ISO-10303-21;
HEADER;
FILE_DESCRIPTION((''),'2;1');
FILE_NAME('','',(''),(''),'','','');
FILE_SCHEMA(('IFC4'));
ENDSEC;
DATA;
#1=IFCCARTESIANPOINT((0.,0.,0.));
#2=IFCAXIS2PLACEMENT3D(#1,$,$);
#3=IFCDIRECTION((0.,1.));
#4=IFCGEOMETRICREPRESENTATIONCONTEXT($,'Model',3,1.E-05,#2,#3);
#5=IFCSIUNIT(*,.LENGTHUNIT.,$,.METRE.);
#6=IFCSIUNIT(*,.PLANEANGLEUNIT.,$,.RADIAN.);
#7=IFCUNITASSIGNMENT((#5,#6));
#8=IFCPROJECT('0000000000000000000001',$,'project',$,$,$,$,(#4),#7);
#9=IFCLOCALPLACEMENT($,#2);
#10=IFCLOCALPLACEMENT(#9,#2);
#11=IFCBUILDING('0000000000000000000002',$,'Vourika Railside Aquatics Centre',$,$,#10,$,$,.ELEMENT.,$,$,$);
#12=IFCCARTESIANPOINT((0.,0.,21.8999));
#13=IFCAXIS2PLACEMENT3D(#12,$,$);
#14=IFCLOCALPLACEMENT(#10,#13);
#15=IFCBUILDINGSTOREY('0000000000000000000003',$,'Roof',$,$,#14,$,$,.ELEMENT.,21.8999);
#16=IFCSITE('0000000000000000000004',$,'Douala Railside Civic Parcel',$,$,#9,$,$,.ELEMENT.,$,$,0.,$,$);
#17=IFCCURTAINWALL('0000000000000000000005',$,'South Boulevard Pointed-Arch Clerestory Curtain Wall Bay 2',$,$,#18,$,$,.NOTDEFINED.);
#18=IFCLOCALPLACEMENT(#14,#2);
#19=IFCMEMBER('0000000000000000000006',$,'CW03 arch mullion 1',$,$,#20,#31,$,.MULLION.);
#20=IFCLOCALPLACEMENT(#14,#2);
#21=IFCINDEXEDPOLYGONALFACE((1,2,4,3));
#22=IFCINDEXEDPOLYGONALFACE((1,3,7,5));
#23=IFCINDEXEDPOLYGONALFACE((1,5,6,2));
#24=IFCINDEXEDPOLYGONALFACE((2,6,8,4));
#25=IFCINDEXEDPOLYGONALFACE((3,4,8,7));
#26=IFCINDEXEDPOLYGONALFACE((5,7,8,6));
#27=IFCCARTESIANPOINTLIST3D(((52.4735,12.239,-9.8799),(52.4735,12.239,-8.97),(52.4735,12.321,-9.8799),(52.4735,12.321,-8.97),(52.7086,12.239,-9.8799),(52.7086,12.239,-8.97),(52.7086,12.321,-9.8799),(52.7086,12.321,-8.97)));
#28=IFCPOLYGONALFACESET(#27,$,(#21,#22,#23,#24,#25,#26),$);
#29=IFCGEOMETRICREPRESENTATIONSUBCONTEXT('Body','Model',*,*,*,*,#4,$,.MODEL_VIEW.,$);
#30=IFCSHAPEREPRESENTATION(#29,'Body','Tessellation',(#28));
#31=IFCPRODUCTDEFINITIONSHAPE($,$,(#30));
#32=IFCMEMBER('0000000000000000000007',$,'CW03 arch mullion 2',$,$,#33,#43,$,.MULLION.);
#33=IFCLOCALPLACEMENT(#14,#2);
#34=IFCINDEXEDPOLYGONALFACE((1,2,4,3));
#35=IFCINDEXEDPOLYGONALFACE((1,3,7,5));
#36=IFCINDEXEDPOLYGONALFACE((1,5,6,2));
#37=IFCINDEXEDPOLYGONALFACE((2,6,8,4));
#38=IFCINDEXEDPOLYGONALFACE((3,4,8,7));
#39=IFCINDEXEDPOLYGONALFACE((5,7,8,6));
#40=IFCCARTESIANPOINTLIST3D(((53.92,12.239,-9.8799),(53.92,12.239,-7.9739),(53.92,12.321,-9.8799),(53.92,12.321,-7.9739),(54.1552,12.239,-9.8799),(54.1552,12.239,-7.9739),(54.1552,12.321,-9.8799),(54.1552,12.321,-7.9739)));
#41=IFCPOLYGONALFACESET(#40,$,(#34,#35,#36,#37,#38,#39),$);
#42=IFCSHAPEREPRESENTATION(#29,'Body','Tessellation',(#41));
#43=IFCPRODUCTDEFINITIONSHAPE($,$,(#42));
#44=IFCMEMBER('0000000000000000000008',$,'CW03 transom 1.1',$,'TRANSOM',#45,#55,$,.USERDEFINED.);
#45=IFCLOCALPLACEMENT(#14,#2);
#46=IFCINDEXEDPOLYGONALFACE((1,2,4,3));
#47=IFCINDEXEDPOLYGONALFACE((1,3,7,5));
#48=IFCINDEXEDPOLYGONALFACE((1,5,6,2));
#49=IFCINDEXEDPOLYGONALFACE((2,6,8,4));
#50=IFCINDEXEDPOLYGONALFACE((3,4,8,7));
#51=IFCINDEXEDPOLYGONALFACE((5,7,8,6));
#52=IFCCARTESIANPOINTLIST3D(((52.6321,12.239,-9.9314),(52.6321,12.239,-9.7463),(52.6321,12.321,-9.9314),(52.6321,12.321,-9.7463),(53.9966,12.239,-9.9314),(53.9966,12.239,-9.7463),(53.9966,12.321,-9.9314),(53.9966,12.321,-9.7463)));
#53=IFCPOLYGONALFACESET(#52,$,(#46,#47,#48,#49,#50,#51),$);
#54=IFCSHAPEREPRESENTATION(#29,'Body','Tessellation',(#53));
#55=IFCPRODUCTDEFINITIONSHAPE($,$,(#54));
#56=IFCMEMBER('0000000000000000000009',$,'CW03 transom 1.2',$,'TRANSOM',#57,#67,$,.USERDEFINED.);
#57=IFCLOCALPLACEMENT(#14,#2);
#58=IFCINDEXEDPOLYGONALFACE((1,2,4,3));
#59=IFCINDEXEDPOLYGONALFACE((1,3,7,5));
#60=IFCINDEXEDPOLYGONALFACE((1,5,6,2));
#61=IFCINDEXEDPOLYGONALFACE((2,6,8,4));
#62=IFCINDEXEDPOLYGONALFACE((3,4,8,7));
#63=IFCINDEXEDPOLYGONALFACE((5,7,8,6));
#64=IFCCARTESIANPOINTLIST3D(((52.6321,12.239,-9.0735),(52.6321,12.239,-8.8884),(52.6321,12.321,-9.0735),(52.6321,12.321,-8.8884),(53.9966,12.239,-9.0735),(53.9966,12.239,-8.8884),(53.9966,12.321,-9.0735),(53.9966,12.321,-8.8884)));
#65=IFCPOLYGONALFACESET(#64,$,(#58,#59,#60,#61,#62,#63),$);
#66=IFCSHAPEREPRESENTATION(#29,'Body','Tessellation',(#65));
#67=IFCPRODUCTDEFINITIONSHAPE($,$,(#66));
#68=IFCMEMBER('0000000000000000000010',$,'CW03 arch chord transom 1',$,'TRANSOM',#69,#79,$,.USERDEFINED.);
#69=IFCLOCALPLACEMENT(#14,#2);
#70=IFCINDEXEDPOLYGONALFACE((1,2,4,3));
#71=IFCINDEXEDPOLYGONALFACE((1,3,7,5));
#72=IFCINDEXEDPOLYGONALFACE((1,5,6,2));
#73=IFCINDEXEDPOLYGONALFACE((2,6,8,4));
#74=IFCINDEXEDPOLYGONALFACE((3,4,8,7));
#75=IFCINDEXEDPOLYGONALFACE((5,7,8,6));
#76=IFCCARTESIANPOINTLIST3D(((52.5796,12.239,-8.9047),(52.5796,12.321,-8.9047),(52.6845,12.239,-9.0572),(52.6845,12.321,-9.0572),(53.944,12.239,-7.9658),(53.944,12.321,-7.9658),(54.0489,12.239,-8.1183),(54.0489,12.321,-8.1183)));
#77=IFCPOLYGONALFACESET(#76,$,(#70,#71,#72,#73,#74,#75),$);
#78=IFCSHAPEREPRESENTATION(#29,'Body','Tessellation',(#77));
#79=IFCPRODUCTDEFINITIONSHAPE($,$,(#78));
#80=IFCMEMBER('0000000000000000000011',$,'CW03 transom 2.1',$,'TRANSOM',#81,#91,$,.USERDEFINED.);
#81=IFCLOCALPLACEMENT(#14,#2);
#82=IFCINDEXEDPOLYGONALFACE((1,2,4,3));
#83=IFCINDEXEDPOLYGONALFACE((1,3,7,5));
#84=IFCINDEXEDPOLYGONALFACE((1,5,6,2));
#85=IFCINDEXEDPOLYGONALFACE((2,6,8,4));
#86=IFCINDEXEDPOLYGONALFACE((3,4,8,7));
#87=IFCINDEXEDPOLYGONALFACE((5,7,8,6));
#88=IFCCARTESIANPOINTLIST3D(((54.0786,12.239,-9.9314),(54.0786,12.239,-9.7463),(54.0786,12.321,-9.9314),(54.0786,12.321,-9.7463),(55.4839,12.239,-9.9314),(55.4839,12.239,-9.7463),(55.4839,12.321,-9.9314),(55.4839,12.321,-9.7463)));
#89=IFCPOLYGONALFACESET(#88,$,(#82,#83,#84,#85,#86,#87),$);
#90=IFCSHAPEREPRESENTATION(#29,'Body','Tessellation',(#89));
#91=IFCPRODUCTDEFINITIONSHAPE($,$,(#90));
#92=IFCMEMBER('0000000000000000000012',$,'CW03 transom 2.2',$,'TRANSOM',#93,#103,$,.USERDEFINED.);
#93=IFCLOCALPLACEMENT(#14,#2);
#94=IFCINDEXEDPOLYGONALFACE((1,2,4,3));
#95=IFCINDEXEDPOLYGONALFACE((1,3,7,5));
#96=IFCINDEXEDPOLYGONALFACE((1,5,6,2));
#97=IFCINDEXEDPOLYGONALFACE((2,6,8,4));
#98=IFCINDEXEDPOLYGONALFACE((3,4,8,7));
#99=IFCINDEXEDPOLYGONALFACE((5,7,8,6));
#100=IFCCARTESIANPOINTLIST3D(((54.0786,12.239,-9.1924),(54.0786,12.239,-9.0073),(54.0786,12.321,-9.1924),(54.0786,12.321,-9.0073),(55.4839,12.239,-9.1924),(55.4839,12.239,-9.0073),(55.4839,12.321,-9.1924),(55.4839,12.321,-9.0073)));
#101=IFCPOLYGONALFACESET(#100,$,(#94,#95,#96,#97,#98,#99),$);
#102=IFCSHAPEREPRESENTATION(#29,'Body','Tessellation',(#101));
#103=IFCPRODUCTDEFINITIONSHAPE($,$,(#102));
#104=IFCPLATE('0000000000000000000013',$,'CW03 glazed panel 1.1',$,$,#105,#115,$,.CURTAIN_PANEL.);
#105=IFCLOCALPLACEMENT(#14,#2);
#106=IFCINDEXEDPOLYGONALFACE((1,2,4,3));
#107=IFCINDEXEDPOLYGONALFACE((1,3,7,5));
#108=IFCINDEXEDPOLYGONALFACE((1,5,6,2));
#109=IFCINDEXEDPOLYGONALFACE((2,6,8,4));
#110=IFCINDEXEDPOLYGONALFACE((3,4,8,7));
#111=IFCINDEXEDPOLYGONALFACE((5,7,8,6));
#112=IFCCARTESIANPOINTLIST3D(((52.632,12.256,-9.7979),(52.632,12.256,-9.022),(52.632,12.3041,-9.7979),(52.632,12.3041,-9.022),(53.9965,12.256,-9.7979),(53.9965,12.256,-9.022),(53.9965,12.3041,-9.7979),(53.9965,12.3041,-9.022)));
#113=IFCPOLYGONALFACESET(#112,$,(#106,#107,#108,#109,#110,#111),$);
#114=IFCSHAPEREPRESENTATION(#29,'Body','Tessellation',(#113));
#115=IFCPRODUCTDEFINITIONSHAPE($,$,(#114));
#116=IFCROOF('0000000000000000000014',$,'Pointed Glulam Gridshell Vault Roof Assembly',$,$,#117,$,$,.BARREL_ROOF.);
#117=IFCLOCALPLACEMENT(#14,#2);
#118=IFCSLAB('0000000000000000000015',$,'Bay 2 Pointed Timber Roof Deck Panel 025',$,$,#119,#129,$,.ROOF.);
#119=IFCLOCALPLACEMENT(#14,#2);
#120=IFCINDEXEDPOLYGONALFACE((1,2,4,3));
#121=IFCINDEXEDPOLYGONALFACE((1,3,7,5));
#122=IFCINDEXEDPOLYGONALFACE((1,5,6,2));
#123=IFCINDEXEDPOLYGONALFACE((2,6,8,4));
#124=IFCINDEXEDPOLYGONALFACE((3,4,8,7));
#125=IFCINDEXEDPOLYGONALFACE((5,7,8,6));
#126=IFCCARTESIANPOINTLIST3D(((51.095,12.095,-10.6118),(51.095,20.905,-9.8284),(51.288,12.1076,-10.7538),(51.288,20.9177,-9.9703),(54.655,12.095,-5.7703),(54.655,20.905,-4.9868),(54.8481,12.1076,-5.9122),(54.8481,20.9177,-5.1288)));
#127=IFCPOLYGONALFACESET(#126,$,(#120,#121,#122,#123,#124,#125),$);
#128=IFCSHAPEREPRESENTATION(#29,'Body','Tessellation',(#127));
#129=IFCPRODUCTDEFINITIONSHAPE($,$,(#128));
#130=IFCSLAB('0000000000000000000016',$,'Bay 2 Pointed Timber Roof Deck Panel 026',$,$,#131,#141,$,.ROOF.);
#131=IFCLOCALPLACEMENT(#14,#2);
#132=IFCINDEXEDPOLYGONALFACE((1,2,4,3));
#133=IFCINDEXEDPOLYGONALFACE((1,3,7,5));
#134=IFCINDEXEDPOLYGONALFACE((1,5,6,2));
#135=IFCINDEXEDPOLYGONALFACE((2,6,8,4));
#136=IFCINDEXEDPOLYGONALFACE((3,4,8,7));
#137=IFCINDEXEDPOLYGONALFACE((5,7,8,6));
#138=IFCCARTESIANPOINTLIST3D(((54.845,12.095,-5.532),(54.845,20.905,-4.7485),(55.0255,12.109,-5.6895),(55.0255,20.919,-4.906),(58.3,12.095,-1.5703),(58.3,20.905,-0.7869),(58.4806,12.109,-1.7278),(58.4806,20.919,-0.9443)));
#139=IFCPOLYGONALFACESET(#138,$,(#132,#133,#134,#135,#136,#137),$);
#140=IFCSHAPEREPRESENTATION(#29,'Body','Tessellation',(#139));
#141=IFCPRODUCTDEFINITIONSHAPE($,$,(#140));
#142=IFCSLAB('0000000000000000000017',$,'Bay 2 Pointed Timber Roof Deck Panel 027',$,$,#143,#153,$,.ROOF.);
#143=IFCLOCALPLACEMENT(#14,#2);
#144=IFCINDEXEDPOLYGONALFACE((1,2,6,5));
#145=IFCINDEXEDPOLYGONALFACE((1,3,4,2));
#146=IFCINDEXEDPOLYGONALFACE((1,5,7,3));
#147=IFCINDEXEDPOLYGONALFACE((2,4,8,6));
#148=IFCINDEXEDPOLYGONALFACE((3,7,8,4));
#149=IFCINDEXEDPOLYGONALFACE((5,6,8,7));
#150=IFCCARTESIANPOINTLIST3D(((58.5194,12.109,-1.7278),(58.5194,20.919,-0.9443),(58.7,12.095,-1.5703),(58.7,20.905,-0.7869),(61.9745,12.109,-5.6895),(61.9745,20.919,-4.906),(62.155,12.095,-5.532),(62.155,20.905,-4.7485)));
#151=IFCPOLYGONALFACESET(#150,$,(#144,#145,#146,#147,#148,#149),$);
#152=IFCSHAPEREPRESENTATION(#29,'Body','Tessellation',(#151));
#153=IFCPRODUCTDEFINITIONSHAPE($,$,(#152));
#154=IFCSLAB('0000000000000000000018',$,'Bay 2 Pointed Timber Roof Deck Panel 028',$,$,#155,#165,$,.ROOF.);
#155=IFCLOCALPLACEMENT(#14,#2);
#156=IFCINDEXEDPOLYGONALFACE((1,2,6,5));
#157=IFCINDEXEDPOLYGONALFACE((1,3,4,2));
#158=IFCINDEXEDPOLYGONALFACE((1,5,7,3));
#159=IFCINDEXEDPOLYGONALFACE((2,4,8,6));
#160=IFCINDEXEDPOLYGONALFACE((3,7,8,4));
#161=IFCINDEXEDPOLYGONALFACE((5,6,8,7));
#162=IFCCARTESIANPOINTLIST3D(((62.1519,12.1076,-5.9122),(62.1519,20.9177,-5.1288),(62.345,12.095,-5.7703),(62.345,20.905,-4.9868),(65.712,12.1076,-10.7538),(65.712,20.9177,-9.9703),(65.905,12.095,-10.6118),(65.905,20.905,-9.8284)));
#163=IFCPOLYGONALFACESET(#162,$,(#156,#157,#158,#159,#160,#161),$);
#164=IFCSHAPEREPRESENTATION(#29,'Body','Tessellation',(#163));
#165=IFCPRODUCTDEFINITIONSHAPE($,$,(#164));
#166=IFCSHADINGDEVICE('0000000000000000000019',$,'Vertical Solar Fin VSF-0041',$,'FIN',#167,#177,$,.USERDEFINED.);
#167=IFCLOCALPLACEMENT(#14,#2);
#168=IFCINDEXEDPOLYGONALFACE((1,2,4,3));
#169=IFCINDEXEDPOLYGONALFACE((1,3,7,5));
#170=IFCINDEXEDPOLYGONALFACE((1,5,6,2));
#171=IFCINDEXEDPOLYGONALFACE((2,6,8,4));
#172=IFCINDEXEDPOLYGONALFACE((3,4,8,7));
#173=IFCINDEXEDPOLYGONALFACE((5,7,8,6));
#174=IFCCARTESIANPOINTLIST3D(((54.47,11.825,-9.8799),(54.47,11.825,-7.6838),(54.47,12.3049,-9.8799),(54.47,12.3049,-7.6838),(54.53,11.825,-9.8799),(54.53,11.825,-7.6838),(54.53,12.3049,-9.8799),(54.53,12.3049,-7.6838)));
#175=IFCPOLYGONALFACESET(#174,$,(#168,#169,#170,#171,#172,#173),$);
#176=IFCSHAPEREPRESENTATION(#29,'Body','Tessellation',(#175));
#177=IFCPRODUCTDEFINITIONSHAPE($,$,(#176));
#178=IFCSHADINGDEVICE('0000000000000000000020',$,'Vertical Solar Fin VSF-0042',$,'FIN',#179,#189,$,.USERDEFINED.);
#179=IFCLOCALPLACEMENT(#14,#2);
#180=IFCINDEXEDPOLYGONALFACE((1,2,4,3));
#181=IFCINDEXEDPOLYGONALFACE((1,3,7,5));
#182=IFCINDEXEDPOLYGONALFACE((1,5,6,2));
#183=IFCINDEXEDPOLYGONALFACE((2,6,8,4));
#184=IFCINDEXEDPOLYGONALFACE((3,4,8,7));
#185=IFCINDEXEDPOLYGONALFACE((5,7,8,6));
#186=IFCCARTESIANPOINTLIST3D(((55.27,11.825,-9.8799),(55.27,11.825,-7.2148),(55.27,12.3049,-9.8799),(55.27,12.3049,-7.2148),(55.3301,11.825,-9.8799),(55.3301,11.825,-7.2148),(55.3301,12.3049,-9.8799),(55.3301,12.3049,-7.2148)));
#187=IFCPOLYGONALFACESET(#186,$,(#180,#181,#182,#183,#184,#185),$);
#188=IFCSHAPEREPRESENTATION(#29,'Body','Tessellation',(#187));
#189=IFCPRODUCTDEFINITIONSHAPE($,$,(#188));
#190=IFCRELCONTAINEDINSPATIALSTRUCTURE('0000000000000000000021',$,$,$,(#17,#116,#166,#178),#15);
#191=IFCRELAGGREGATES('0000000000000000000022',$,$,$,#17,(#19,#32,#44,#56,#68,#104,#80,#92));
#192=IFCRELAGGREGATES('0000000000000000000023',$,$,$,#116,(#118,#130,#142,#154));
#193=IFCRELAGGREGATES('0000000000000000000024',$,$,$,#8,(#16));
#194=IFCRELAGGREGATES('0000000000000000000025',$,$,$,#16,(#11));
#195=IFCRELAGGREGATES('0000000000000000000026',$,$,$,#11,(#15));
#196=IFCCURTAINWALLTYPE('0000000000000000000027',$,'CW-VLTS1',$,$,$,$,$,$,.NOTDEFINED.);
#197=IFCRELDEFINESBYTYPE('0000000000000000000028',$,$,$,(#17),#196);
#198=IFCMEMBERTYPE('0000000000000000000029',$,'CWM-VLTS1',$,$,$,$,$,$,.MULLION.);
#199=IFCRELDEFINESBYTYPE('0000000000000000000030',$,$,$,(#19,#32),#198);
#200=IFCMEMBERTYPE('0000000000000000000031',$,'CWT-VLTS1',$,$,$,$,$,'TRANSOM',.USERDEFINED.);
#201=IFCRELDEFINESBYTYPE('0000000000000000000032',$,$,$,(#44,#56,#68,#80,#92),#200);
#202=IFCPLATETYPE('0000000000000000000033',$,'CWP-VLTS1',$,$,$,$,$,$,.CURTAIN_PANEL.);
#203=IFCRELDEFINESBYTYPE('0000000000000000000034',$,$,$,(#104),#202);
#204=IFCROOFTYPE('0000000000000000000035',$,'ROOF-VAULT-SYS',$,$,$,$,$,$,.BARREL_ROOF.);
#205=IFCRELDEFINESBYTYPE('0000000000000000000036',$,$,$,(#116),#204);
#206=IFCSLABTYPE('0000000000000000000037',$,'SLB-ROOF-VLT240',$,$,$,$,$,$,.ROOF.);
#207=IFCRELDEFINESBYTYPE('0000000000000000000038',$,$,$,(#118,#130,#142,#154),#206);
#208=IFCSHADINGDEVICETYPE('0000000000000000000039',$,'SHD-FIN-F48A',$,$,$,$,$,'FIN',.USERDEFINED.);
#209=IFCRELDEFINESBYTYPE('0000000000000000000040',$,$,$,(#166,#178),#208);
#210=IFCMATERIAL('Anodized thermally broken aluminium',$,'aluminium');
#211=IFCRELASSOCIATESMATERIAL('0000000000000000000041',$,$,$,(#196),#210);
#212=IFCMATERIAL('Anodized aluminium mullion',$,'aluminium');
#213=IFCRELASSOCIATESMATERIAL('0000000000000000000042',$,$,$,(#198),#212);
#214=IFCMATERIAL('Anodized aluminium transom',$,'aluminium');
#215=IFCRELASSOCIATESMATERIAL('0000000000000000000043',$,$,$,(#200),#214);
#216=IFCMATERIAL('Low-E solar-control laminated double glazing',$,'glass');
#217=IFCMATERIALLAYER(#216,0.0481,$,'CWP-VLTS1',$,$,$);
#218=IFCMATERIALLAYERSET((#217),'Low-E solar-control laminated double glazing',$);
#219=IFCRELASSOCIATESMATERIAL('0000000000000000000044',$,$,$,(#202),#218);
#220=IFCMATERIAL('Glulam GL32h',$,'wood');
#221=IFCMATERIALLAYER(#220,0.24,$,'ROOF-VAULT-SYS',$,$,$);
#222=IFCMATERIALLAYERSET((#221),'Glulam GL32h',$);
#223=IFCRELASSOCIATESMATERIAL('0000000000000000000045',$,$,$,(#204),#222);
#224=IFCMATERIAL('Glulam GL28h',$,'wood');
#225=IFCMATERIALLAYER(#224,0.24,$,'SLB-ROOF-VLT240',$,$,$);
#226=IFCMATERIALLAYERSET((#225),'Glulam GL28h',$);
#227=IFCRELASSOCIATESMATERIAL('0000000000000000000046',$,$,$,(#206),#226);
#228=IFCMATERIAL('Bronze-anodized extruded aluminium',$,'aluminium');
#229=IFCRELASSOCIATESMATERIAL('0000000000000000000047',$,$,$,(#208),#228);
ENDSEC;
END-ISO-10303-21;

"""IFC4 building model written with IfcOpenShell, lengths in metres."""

from ifc_helpers import new_model, si_unit, direction, frame, origin, origin_2d, place, context, subcontext, project, spatial, polyline, rectangle, outline, extrude, material, layer, layer_set, material_profile, profile_set, type_object, element, aggregate, save


model = new_model("IFC4")

# Units and contexts
model_context = context("Model", 3, precision=1e-05, world=origin(), true_north=direction((0.0, 1.0)))
body_context = subcontext(model_context, "Body", "Model", "MODEL_VIEW")
ifc_project = project(units=[si_unit("LENGTHUNIT", "METRE"), si_unit("PLANEANGLEUNIT", "RADIAN")], contexts=[model_context])

# Site, building, storey
site_placement = place(None, origin())
site = spatial("IfcSite", under=ifc_project, at=site_placement, Name="Douala Railside Civic Parcel", CompositionType="ELEMENT", RefElevation=0.0)
building_placement = place(site_placement, origin())
building = spatial("IfcBuilding", under=site, at=building_placement, Name="Vourika Railside Aquatics Centre", CompositionType="ELEMENT")
storey_placement = place(building_placement, frame((0.0, 0.0, 21.8999)))
storey = spatial("IfcBuildingStorey", under=building, at=storey_placement, Name="Roof", CompositionType="ELEMENT", Elevation=21.8999)

# Curtain wall, members, plate
ifc_material_1 = material(Name="Anodized thermally broken aluminium", Category="aluminium")
curtain_wall_type = type_object("IfcCurtainWallType", Name="CW-VLTS1", PredefinedType="NOTDEFINED", material=ifc_material_1)
curtain_wall_placement = place(storey_placement, origin())
curtain_wall = element("IfcCurtainWall", 1, at=curtain_wall_placement, inside=storey, type_object=curtain_wall_type, Name="South Boulevard Pointed-Arch Clerestory Curtain Wall Bay 2", PredefinedType="NOTDEFINED")
ifc_material_2 = material(Name="Anodized aluminium mullion", Category="aluminium")
ifc_material_profile_1 = material_profile(ifc_material_2, rectangle(XDim=0.082, YDim=0.2351, at=origin_2d()), Name="ALU-M 82x235")
ifc_profile_set_1 = profile_set([ifc_material_profile_1], Name="Anodized aluminium mullion")
member_type_1 = type_object("IfcMemberType", Name="CWM-VLTS1", PredefinedType="MULLION", material=ifc_profile_set_1)
member_1_placement = place(storey_placement, frame((52.5911, 12.28, -9.8799), z_axis=(0.0, 0.0, 1.0), x_axis=(0.0, 1.0, 0.0)))
member_1 = element("IfcMember", 2, at=member_1_placement, type_object=member_type_1, Name="CW03 arch mullion 1", PredefinedType="MULLION", context=body_context, shape_type="SweptSolid", body=[
    extrude(rectangle(XDim=0.082, YDim=0.2351, at=origin_2d()), origin(), (0.0, 0.0, 1.0), 0.9099),
])
member_2_placement = place(storey_placement, frame((54.0376, 12.28, -9.8799), z_axis=(0.0, 0.0, 1.0), x_axis=(0.0, 1.0, 0.0)))
member_2 = element("IfcMember", 3, at=member_2_placement, type_object=member_type_1, Name="CW03 arch mullion 2", PredefinedType="MULLION", context=body_context, shape_type="SweptSolid", body=[
    extrude(rectangle(XDim=0.082, YDim=0.2351, at=origin_2d()), origin(), (0.0, 0.0, 1.0), 1.906),
])
ifc_material_3 = material(Name="Anodized aluminium transom", Category="aluminium")
ifc_material_profile_2 = material_profile(ifc_material_3, rectangle(XDim=0.082, YDim=0.1851, at=origin_2d()), Name="ALU-T 82x185")
ifc_profile_set_2 = profile_set([ifc_material_profile_2], Name="Anodized aluminium transom")
member_type_2 = type_object("IfcMemberType", Name="CWT-VLTS1", ElementType="TRANSOM", PredefinedType="USERDEFINED", material=ifc_profile_set_2)
member_3_placement = place(storey_placement, frame((52.6321, 12.28, -9.8389), z_axis=(1.0, 0.0, 0.0), x_axis=(0.0, 1.0, 0.0)))
member_3 = element("IfcMember", 4, at=member_3_placement, type_object=member_type_2, Name="CW03 transom 1.1", ObjectType="TRANSOM", PredefinedType="USERDEFINED", context=body_context, shape_type="SweptSolid", body=[
    extrude(rectangle(XDim=0.082, YDim=0.1851, at=origin_2d()), origin(), (0.0, 0.0, 1.0), 1.3645),
])
member_4_placement = place(storey_placement, frame((52.6321, 12.28, -8.981), z_axis=(1.0, 0.0, 0.0), x_axis=(0.0, 1.0, 0.0)))
member_4 = element("IfcMember", 5, at=member_4_placement, type_object=member_type_2, Name="CW03 transom 1.2", ObjectType="TRANSOM", PredefinedType="USERDEFINED", context=body_context, shape_type="SweptSolid", body=[
    extrude(rectangle(XDim=0.082, YDim=0.1851, at=origin_2d()), origin(), (0.0, 0.0, 1.0), 1.3645),
])
member_5_placement = place(storey_placement, frame((52.6321, 12.28, -8.981), z_axis=(0.823797, 0.0, 0.566885), x_axis=(0.0, 1.0, 0.0)))
member_5 = element("IfcMember", 6, at=member_5_placement, type_object=member_type_2, Name="CW03 arch chord transom 1", ObjectType="TRANSOM", PredefinedType="USERDEFINED", context=body_context, shape_type="SweptSolid", body=[
    extrude(rectangle(XDim=0.082, YDim=0.1851, at=origin_2d()), origin(), (0.0, 0.0, 1.0), 1.6562),
])
member_6_placement = place(storey_placement, frame((54.0786, 12.28, -9.8389), z_axis=(1.0, 0.0, 0.0), x_axis=(0.0, 1.0, 0.0)))
member_6 = element("IfcMember", 7, at=member_6_placement, type_object=member_type_2, Name="CW03 transom 2.1", ObjectType="TRANSOM", PredefinedType="USERDEFINED", context=body_context, shape_type="SweptSolid", body=[
    extrude(rectangle(XDim=0.082, YDim=0.1851, at=origin_2d()), origin(), (0.0, 0.0, 1.0), 1.4053),
])
member_7_placement = place(storey_placement, frame((54.0786, 12.28, -9.0999), z_axis=(1.0, 0.0, 0.0), x_axis=(0.0, 1.0, 0.0)))
member_7 = element("IfcMember", 8, at=member_7_placement, type_object=member_type_2, Name="CW03 transom 2.2", ObjectType="TRANSOM", PredefinedType="USERDEFINED", context=body_context, shape_type="SweptSolid", body=[
    extrude(rectangle(XDim=0.082, YDim=0.1851, at=origin_2d()), origin(), (0.0, 0.0, 1.0), 1.4053),
])
ifc_material_4 = material(Name="Low-E solar-control laminated double glazing", Category="glass")
ifc_layer_1 = layer(ifc_material_4, 0.0481, Name="CWP-VLTS1")
ifc_layer_set_1 = layer_set([ifc_layer_1], Name="Low-E solar-control laminated double glazing")
plate_type = type_object("IfcPlateType", Name="CWP-VLTS1", PredefinedType="CURTAIN_PANEL", material=ifc_layer_set_1)
plate_placement = place(storey_placement, frame((53.3142, 12.28, -9.7979), z_axis=(0.0, 0.0, 1.0), x_axis=(1.0, 0.0, 0.0)))
plate = element("IfcPlate", 9, at=plate_placement, type_object=plate_type, Name="CW03 glazed panel 1.1", PredefinedType="CURTAIN_PANEL", context=body_context, shape_type="SweptSolid", body=[
    extrude(rectangle(XDim=1.3645, YDim=0.0481, at=origin_2d()), origin(), (0.0, 0.0, 1.0), 0.7759),
])
aggregate(curtain_wall, [member_1, member_2, member_3, member_4, member_5, plate, member_6, member_7])

# Roof, slabs
ifc_material_5 = material(Name="Glulam GL32h", Category="wood")
ifc_layer_2 = layer(ifc_material_5, 0.24, Name="ROOF-VAULT-SYS")
ifc_layer_set_2 = layer_set([ifc_layer_2], Name="Glulam GL32h")
roof_type = type_object("IfcRoofType", Name="ROOF-VAULT-SYS", PredefinedType="BARREL_ROOF", material=ifc_layer_set_2)
roof_placement = place(storey_placement, origin())
roof = element("IfcRoof", 10, at=roof_placement, inside=storey, type_object=roof_type, Name="Pointed Glulam Gridshell Vault Roof Assembly", PredefinedType="BARREL_ROOF")
ifc_material_6 = material(Name="Glulam GL28h", Category="wood")
ifc_layer_3 = layer(ifc_material_6, 0.24, Name="SLB-ROOF-VLT240")
ifc_layer_set_3 = layer_set([ifc_layer_3], Name="Glulam GL28h")
slab_type = type_object("IfcSlabType", Name="SLB-ROOF-VLT240", PredefinedType="ROOF", material=ifc_layer_set_3)
slab_1_placement = place(storey_placement, frame((51.095, 12.095, -10.6118), z_axis=(-0.804528, -0.052607, 0.59158), x_axis=(0.592401, 0.0, 0.805644)))
slab_1 = element("IfcSlab", 11, at=slab_1_placement, type_object=slab_type, Name="Bay 2 Pointed Timber Roof Deck Panel 025", PredefinedType="ROOF", context=body_context, shape_type="SweptSolid", body=[
    extrude(outline(polyline([(0.0, 0.0), (6.0095, 0.0), (6.6407, 8.8223), (0.6312, 8.8223), (0.0, 0.0)])), origin(), (0.0, 0.0, -1.0), 0.24),
])
slab_2_placement = place(storey_placement, frame((54.845, 12.095, -5.532), z_axis=(-0.752365, -0.05835, 0.656157), x_axis=(0.657277, 0.0, 0.753649)))
slab_2 = element("IfcSlab", 12, at=slab_2_placement, type_object=slab_type, Name="Bay 2 Pointed Timber Roof Deck Panel 026", PredefinedType="ROOF", context=body_context, shape_type="SweptSolid", body=[
    extrude(outline(polyline([(0.0, 0.0), (5.2567, 0.0), (5.8471, 8.8251), (0.5904, 8.8251), (0.0, 0.0)])), origin(), (0.0, 0.0, -1.0), 0.24),
])
slab_3_placement = place(storey_placement, frame((58.7, 12.095, -1.5703), z_axis=(0.752365, -0.05835, 0.656157), x_axis=(0.657277, 0.0, -0.753649)))
slab_3 = element("IfcSlab", 13, at=slab_3_placement, type_object=slab_type, Name="Bay 2 Pointed Timber Roof Deck Panel 027", PredefinedType="ROOF", context=body_context, shape_type="SweptSolid", body=[
    extrude(outline(polyline([(0.0, 0.0), (5.2567, 0.0), (4.6662, 8.8251), (-0.5904, 8.8251), (0.0, 0.0)])), origin(), (0.0, 0.0, -1.0), 0.24),
])
slab_4_placement = place(storey_placement, frame((62.345, 12.095, -5.7703), z_axis=(0.804528, -0.052607, 0.59158), x_axis=(0.592401, 0.0, -0.805644)))
slab_4 = element("IfcSlab", 14, at=slab_4_placement, type_object=slab_type, Name="Bay 2 Pointed Timber Roof Deck Panel 028", PredefinedType="ROOF", context=body_context, shape_type="SweptSolid", body=[
    extrude(outline(polyline([(0.0, 0.0), (6.0095, 0.0), (5.3784, 8.8223), (-0.6312, 8.8223), (0.0, 0.0)])), origin(), (0.0, 0.0, -1.0), 0.24),
])
aggregate(roof, [slab_1, slab_2, slab_3, slab_4])

# Shading devices
ifc_material_7 = material(Name="Bronze-anodized extruded aluminium", Category="aluminium")
ifc_material_profile_3 = material_profile(ifc_material_7, rectangle(XDim=0.0601, YDim=0.48, at=origin_2d()), Name="ALU-FIN 60x480")
ifc_profile_set_3 = profile_set([ifc_material_profile_3], Name="Bronze-anodized extruded aluminium")
shading_device_type_1 = type_object("IfcShadingDeviceType", Name="SHD-FIN-F48A", ElementType="FIN", PredefinedType="USERDEFINED", material=ifc_profile_set_3)
shading_device_1_placement = place(storey_placement, frame((54.5, 12.0649, -9.8799), z_axis=(0.0, 0.0, 1.0), x_axis=(-1.0, 0.0, 0.0)))
element("IfcShadingDevice", 15, at=shading_device_1_placement, inside=storey, type_object=shading_device_type_1, Name="Vertical Solar Fin VSF-0041", ObjectType="FIN", PredefinedType="USERDEFINED", context=body_context, shape_type="SweptSolid", body=[
    extrude(rectangle(XDim=0.0601, YDim=0.48, at=origin_2d()), origin(), (0.0, 0.0, 1.0), 2.196),
])
shading_device_2_placement = place(storey_placement, frame((55.3, 12.0649, -9.8799), z_axis=(0.0, 0.0, 1.0), x_axis=(-1.0, 0.0, 0.0)))
element("IfcShadingDevice", 16, at=shading_device_2_placement, inside=storey, type_object=shading_device_type_1, Name="Vertical Solar Fin VSF-0042", ObjectType="FIN", PredefinedType="USERDEFINED", context=body_context, shape_type="SweptSolid", body=[
    extrude(rectangle(XDim=0.0601, YDim=0.48, at=origin_2d()), origin(), (0.0, 0.0, 1.0), 2.665),
])

save(model, "model.ifc")
